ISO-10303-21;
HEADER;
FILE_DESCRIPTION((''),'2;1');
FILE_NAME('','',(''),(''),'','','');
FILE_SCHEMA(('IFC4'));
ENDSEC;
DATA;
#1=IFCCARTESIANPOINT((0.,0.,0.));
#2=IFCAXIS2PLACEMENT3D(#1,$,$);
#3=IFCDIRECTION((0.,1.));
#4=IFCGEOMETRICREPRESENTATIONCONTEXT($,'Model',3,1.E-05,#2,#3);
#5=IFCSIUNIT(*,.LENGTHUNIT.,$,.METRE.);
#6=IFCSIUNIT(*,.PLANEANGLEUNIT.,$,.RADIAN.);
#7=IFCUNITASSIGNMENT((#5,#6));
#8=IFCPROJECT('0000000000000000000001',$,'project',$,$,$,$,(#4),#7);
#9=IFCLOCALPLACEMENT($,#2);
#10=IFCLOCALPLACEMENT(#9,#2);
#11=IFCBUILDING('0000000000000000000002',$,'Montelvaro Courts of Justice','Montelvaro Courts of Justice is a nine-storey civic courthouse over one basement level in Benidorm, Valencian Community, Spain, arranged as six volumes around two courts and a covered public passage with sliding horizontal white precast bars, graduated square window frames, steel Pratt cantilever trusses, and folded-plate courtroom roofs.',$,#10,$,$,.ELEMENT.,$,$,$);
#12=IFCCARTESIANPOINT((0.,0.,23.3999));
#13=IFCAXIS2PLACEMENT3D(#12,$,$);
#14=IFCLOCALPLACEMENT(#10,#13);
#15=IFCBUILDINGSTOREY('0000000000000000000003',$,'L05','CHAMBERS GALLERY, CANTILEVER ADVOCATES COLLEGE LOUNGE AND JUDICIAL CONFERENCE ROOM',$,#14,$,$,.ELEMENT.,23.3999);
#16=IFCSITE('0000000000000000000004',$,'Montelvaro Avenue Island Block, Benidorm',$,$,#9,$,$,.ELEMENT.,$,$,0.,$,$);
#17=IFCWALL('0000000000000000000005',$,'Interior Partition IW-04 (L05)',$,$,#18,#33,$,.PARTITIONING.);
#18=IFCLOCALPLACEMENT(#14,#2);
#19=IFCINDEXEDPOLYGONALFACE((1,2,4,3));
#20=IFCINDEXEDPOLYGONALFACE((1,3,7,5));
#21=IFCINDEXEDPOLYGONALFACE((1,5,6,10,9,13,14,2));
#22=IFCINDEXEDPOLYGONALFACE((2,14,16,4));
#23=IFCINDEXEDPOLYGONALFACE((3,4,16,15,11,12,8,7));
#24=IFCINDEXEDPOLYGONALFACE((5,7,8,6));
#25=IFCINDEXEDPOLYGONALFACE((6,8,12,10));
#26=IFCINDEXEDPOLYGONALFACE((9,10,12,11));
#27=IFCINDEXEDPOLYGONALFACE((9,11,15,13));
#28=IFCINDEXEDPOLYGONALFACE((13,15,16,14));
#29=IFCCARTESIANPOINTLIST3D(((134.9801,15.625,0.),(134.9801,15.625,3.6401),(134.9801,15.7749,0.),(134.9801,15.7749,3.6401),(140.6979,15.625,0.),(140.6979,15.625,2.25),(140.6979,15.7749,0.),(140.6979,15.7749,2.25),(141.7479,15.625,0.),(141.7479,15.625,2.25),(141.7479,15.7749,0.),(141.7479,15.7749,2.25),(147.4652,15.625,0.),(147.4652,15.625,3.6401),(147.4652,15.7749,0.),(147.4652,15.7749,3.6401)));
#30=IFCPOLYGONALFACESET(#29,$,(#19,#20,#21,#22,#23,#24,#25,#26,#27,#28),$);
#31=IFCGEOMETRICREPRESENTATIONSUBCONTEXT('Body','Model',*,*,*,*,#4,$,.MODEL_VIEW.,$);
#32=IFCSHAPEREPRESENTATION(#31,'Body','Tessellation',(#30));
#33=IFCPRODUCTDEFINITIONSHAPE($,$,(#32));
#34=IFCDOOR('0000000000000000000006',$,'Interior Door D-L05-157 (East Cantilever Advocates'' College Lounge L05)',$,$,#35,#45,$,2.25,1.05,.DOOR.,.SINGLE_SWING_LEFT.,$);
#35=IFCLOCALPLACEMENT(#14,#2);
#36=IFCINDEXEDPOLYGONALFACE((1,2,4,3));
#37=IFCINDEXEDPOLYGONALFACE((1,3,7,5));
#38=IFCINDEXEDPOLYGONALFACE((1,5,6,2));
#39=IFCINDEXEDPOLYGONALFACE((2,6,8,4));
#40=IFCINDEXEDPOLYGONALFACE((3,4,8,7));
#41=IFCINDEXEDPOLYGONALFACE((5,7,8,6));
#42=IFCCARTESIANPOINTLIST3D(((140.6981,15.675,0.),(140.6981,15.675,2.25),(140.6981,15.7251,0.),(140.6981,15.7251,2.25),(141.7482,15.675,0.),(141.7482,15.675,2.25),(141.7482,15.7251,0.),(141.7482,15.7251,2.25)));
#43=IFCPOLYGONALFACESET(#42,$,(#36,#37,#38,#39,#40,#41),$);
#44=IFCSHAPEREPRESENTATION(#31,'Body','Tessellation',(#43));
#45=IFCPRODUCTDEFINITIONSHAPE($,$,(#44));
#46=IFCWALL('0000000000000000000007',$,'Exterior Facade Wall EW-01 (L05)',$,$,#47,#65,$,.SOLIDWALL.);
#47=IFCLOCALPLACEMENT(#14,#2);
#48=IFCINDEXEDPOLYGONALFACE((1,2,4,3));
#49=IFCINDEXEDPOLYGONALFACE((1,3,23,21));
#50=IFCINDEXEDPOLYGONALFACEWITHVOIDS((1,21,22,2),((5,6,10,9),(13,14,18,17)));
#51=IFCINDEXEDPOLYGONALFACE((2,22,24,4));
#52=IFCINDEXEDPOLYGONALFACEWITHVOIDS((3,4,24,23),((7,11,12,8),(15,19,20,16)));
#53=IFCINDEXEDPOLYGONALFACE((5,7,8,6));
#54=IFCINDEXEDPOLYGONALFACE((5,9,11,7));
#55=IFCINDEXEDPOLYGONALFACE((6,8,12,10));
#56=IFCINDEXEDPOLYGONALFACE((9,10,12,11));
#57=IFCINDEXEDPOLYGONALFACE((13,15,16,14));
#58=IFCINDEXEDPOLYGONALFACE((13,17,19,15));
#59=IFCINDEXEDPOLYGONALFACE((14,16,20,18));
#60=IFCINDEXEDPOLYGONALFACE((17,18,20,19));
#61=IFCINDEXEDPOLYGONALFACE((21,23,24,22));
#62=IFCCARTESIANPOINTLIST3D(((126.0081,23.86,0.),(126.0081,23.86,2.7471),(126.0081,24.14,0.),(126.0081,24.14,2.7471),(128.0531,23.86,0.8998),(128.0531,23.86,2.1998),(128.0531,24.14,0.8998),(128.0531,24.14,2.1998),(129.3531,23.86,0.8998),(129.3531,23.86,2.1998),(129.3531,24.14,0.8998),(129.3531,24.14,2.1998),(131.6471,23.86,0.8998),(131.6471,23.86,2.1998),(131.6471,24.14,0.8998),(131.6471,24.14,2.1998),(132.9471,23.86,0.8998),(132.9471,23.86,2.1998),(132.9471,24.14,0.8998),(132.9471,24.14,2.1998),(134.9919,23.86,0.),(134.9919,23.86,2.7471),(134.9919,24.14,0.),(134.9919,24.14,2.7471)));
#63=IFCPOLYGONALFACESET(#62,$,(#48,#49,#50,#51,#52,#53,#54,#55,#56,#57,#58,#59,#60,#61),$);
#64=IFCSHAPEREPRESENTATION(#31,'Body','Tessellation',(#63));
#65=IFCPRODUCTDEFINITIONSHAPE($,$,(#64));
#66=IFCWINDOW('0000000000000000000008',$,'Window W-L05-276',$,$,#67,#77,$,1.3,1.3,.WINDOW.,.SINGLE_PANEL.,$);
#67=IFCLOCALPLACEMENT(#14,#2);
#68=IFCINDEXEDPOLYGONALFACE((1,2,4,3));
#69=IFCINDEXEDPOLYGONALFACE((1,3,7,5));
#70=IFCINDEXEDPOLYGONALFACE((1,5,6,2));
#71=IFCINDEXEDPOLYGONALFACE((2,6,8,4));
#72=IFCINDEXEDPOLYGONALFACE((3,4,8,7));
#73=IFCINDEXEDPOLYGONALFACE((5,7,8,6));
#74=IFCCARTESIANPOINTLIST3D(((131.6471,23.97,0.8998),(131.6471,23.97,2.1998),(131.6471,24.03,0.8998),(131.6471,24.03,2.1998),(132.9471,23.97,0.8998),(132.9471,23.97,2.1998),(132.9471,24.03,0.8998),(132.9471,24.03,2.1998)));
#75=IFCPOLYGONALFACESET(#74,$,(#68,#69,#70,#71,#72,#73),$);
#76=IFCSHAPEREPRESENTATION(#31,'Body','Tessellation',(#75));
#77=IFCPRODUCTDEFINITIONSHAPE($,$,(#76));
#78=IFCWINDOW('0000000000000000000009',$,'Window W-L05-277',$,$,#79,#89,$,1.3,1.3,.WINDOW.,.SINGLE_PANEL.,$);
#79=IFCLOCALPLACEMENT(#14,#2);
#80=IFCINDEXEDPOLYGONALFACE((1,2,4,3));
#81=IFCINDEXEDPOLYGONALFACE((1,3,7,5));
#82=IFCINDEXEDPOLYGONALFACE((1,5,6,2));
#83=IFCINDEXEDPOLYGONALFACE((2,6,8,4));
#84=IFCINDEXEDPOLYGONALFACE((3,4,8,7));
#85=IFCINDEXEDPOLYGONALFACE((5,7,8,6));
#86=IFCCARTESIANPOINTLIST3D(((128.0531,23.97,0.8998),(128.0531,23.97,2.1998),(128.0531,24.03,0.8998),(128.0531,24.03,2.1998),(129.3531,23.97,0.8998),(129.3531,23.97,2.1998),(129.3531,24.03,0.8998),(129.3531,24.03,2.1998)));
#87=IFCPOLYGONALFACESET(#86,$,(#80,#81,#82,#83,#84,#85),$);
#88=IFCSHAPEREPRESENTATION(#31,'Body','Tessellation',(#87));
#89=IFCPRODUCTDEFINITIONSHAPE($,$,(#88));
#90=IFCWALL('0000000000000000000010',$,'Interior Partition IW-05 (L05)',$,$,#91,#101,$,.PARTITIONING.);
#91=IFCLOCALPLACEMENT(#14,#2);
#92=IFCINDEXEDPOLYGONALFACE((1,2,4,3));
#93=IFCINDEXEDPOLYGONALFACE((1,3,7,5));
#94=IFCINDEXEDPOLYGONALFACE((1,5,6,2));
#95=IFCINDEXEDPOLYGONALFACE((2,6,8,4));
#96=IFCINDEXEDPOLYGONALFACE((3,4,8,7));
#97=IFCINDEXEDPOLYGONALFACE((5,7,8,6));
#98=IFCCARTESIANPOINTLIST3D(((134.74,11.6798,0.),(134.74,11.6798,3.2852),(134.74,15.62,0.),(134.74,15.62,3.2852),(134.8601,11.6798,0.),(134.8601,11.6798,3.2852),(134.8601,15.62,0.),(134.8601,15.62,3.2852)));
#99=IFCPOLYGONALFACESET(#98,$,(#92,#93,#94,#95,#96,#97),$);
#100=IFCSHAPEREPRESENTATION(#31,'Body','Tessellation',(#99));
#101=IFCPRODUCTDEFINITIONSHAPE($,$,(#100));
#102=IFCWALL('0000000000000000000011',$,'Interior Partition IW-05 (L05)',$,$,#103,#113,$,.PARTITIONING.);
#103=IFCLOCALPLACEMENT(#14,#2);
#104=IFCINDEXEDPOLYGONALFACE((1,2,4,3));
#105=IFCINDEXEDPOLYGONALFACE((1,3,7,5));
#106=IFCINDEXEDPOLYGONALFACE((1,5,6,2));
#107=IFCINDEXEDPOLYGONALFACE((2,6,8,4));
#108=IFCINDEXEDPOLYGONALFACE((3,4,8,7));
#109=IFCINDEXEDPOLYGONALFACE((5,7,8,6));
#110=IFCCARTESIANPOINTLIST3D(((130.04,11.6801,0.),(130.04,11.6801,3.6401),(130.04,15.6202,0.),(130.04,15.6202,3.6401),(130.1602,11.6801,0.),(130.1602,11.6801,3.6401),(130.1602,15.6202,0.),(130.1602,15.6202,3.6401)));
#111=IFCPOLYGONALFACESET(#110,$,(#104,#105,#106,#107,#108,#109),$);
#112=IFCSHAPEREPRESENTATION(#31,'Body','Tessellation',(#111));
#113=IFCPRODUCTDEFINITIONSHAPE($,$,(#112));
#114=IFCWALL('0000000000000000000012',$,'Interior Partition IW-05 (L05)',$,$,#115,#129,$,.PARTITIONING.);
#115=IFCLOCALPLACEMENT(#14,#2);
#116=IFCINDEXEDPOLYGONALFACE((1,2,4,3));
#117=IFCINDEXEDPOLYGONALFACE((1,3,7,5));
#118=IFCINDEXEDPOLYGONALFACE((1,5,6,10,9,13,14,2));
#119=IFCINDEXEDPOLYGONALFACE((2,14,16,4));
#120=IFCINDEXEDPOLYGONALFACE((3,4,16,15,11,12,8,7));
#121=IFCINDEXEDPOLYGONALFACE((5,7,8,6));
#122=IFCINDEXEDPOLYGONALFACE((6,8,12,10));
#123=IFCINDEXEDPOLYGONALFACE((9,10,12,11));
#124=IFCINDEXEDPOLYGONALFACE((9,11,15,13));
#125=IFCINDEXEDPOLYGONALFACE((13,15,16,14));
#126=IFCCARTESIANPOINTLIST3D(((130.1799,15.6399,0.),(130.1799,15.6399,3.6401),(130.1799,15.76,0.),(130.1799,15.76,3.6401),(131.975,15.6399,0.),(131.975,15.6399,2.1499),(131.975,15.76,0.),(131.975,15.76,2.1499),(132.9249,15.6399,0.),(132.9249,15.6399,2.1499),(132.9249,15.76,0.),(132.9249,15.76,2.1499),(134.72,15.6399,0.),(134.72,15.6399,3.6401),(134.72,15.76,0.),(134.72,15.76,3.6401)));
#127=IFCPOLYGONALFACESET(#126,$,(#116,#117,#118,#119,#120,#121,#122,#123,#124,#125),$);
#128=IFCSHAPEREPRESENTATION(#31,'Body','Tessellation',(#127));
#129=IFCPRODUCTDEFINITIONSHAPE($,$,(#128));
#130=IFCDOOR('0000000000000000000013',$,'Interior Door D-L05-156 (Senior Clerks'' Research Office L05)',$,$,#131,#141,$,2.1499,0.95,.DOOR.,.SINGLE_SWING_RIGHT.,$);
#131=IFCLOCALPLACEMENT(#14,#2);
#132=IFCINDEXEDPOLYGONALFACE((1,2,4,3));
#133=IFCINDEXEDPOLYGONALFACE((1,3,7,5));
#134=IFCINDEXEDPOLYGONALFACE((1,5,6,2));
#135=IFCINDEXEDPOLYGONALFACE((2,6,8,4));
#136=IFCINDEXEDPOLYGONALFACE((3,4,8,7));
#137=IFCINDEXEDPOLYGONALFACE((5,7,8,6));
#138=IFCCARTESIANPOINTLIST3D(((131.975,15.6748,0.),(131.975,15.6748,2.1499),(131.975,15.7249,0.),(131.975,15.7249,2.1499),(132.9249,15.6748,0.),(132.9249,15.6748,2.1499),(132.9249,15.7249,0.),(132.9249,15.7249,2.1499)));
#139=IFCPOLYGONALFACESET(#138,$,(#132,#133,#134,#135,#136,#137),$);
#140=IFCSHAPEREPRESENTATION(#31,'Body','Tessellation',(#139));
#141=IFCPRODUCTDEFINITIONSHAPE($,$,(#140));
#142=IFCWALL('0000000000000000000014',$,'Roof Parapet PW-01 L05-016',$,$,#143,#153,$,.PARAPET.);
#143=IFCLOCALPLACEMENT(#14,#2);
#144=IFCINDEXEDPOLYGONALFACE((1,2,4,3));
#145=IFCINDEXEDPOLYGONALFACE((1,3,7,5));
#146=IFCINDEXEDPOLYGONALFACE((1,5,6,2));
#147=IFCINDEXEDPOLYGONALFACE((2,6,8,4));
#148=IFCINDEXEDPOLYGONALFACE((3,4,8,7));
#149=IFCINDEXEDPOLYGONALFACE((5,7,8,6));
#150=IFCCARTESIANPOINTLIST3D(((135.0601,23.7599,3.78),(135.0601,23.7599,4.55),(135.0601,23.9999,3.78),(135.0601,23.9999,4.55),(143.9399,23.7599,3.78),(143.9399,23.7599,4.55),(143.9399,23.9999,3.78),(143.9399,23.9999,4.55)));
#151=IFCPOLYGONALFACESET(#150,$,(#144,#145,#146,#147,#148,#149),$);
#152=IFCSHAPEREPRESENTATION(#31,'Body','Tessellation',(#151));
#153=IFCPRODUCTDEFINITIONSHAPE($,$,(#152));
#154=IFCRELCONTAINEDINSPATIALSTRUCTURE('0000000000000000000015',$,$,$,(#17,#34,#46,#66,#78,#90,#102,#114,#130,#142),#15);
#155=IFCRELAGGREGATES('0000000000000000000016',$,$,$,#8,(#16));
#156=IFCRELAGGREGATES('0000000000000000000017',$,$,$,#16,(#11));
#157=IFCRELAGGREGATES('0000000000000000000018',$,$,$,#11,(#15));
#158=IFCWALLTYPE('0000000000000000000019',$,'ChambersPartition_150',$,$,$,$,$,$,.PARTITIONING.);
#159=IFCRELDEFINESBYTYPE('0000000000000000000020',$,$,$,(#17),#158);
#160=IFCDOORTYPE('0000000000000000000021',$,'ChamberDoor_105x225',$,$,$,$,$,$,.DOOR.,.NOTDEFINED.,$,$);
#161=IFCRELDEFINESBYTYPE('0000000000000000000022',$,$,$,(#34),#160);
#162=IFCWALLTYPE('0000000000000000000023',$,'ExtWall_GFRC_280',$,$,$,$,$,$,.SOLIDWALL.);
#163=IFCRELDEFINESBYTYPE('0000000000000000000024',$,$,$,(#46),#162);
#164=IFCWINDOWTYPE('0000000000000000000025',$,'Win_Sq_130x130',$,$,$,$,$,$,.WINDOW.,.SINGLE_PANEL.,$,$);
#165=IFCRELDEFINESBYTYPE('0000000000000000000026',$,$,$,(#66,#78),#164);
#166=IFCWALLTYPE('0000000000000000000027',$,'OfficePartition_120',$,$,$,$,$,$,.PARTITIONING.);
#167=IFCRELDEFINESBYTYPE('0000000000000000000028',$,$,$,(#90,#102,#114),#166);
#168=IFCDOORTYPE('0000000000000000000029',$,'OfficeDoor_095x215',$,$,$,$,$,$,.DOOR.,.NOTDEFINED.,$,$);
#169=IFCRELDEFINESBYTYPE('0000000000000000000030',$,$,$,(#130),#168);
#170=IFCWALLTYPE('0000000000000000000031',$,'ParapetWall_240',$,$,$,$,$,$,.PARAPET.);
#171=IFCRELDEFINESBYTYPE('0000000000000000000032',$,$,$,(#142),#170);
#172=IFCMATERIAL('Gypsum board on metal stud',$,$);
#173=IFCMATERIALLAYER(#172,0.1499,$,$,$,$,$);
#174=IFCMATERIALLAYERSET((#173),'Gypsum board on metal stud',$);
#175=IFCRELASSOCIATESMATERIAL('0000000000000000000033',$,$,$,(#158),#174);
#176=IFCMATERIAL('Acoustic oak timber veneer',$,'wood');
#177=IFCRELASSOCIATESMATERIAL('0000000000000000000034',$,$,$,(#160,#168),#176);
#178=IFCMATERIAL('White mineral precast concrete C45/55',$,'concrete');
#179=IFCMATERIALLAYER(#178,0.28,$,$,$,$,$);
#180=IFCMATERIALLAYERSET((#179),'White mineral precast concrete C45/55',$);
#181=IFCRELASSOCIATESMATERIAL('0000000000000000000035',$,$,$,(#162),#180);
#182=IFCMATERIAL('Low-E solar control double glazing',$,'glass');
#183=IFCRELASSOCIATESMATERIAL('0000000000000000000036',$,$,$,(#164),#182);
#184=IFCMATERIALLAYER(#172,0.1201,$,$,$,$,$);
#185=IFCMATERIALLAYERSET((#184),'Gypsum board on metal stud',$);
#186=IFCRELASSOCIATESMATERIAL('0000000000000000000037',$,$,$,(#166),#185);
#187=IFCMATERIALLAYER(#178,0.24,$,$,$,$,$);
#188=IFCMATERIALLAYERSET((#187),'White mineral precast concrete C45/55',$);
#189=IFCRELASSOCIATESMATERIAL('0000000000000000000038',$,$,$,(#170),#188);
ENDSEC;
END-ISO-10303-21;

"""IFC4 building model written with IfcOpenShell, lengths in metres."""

from ifc_helpers import new_model, si_unit, direction, frame, frame_2d, origin, place, context, subcontext, project, spatial, rectangle, extrude, material, layer, layer_set, type_object, element, fill, save


model = new_model("IFC4")

# Units and contexts
model_context = context("Model", 3, precision=1e-05, world=origin(), true_north=direction((0.0, 1.0)))
body_context = subcontext(model_context, "Body", "Model", "MODEL_VIEW")
ifc_project = project(units=[si_unit("LENGTHUNIT", "METRE"), si_unit("PLANEANGLEUNIT", "RADIAN")], contexts=[model_context])

# Site, building, storey
site_placement = place(None, origin())
site = spatial("IfcSite", under=ifc_project, at=site_placement, Name="Montelvaro Avenue Island Block, Benidorm", CompositionType="ELEMENT", RefElevation=0.0)
building_placement = place(site_placement, origin())
building = spatial("IfcBuilding", under=site, at=building_placement, Name="Montelvaro Courts of Justice", Description="Montelvaro Courts of Justice is a nine-storey civic courthouse over one basement level in Benidorm, Valencian Community, Spain, arranged as six volumes around two courts and a covered public passage with sliding horizontal white precast bars, graduated square window frames, steel Pratt cantilever trusses, and folded-plate courtroom roofs.", CompositionType="ELEMENT")
storey_placement = place(building_placement, frame((0.0, 0.0, 23.3999)))
storey = spatial("IfcBuildingStorey", under=building, at=storey_placement, Name="L05", Description="CHAMBERS GALLERY, CANTILEVER ADVOCATES COLLEGE LOUNGE AND JUDICIAL CONFERENCE ROOM", CompositionType="ELEMENT", Elevation=23.3999)

# Shared definitions
ifc_material_1 = material(Name="Gypsum board on metal stud")
ifc_layer_1 = layer(ifc_material_1, 0.1499)
ifc_layer_set_1 = layer_set([ifc_layer_1], Name="Gypsum board on metal stud")
wall_type_1 = type_object("IfcWallType", Name="ChambersPartition_150", PredefinedType="PARTITIONING", material=ifc_layer_set_1)
ifc_material_2 = material(Name="Acoustic oak timber veneer", Category="wood")
door_type_1 = type_object("IfcDoorType", Name="ChamberDoor_105x225", OperationType="NOTDEFINED", PredefinedType="DOOR", material=ifc_material_2)

# Wall, opening, door
wall_1_placement = place(storey_placement, frame((134.98, 15.7, 0.0), z_axis=(0.0, 0.0, 1.0), x_axis=(1.0, 0.0, 0.0)))
wall_1 = element("IfcWall", 1, at=wall_1_placement, inside=storey, type_object=wall_type_1, Name="Interior Partition IW-04 (L05)", PredefinedType="PARTITIONING", context=body_context, shape_type="SweptSolid", body=[
    extrude(rectangle(XDim=12.4851, YDim=0.1499, at=frame_2d((6.2427, 0.0))), origin(), (0.0, 0.0, 1.0), 3.6401),
])
opening_1_placement = place(wall_1_placement, frame((5.718, 0.0, 0.0)))
opening_1 = element("IfcOpeningElement", 2, at=opening_1_placement, cuts=wall_1, PredefinedType="OPENING", context=body_context, shape_type="SweptSolid", body=[
    extrude(rectangle(XDim=1.05, YDim=2.25, at=frame_2d((0.5249, 1.125))), frame((0.0, 0.0898, 0.0), z_axis=(0.0, -1.0, 0.0), x_axis=(1.0, 0.0, 0.0)), (0.0, 0.0, 1.0), 0.1797),
])
door_1_placement = place(opening_1_placement, frame((1.05, 0.0, 0.0), z_axis=(0.0, 0.0, 1.0), x_axis=(-1.0, 0.0, 0.0)))
door_1 = element("IfcDoor", 3, at=door_1_placement, inside=storey, type_object=door_type_1, Name="Interior Door D-L05-157 (East Cantilever Advocates' College Lounge L05)", OperationType="SINGLE_SWING_LEFT", OverallHeight=2.25, OverallWidth=1.05, PredefinedType="DOOR", context=body_context, shape_type="SweptSolid", body=[
    extrude(rectangle(XDim=1.05, YDim=2.25, at=frame_2d((0.5249, 1.125))), frame((0.0, 0.0249, 0.0), z_axis=(0.0, -1.0, 0.0), x_axis=(1.0, 0.0, 0.0)), (0.0, 0.0, 1.0), 0.05),
])
fill(opening_1, door_1)

# Wall, openings, windows
ifc_material_3 = material(Name="White mineral precast concrete C45/55", Category="concrete")
ifc_layer_2 = layer(ifc_material_3, 0.28)
ifc_layer_set_2 = layer_set([ifc_layer_2], Name="White mineral precast concrete C45/55")
wall_type_2 = type_object("IfcWallType", Name="ExtWall_GFRC_280", PredefinedType="SOLIDWALL", material=ifc_layer_set_2)
wall_2_placement = place(storey_placement, frame((134.9919, 24.0, 0.0), z_axis=(0.0, 0.0, 1.0), x_axis=(-1.0, 0.0, 0.0)))
wall_2 = element("IfcWall", 4, at=wall_2_placement, inside=storey, type_object=wall_type_2, Name="Exterior Facade Wall EW-01 (L05)", PredefinedType="SOLIDWALL", context=body_context, shape_type="SweptSolid", body=[
    extrude(rectangle(XDim=8.9839, YDim=0.28, at=frame_2d((4.4919, 0.0))), origin(), (0.0, 0.0, 1.0), 2.7471),
])
opening_2_placement = place(wall_2_placement, frame((2.0449, 0.0, 0.8999)))
opening_2 = element("IfcOpeningElement", 5, at=opening_2_placement, cuts=wall_2, PredefinedType="OPENING", context=body_context, shape_type="SweptSolid", body=[
    extrude(rectangle(XDim=1.3, YDim=1.3, at=frame_2d((0.6499, 0.6499))), frame((0.0, 0.1548, 0.0), z_axis=(0.0, -1.0, 0.0), x_axis=(1.0, 0.0, 0.0)), (0.0, 0.0, 1.0), 0.3098),
])
opening_3_placement = place(wall_2_placement, frame((5.6389, 0.0, 0.8999)))
opening_3 = element("IfcOpeningElement", 6, at=opening_3_placement, cuts=wall_2, PredefinedType="OPENING", context=body_context, shape_type="SweptSolid", body=[
    extrude(rectangle(XDim=1.3, YDim=1.3, at=frame_2d((0.6499, 0.6499))), frame((0.0, 0.1548, 0.0), z_axis=(0.0, -1.0, 0.0), x_axis=(1.0, 0.0, 0.0)), (0.0, 0.0, 1.0), 0.3098),
])
ifc_material_4 = material(Name="Low-E solar control double glazing", Category="glass")
window_type = type_object("IfcWindowType", Name="Win_Sq_130x130", PartitioningType="SINGLE_PANEL", PredefinedType="WINDOW", material=ifc_material_4)
window_1_placement = place(opening_2_placement, origin())
window_1 = element("IfcWindow", 7, at=window_1_placement, inside=storey, type_object=window_type, Name="Window W-L05-276", OverallHeight=1.3, OverallWidth=1.3, PartitioningType="SINGLE_PANEL", PredefinedType="WINDOW", context=body_context, shape_type="SweptSolid", body=[
    extrude(rectangle(XDim=1.3, YDim=1.3, at=frame_2d((0.6499, 0.6499))), frame((0.0, 0.03, 0.0), z_axis=(0.0, -1.0, 0.0), x_axis=(1.0, 0.0, 0.0)), (0.0, 0.0, 1.0), 0.0601),
])
fill(opening_2, window_1)
window_2_placement = place(opening_3_placement, origin())
window_2 = element("IfcWindow", 8, at=window_2_placement, inside=storey, type_object=window_type, Name="Window W-L05-277", OverallHeight=1.3, OverallWidth=1.3, PartitioningType="SINGLE_PANEL", PredefinedType="WINDOW", context=body_context, shape_type="SweptSolid", body=[
    extrude(rectangle(XDim=1.3, YDim=1.3, at=frame_2d((0.6499, 0.6499))), frame((0.0, 0.03, 0.0), z_axis=(0.0, -1.0, 0.0), x_axis=(1.0, 0.0, 0.0)), (0.0, 0.0, 1.0), 0.0601),
])
fill(opening_3, window_2)

# Walls
ifc_layer_3 = layer(ifc_material_1, 0.1201)
ifc_layer_set_3 = layer_set([ifc_layer_3], Name="Gypsum board on metal stud")
wall_type_3 = type_object("IfcWallType", Name="OfficePartition_120", PredefinedType="PARTITIONING", material=ifc_layer_set_3)
wall_3_placement = place(storey_placement, frame((134.8, 15.6201, 0.0), z_axis=(0.0, 0.0, 1.0), x_axis=(0.0, -1.0, 0.0)))
element("IfcWall", 9, at=wall_3_placement, inside=storey, type_object=wall_type_3, Name="Interior Partition IW-05 (L05)", PredefinedType="PARTITIONING", context=body_context, shape_type="SweptSolid", body=[
    extrude(rectangle(XDim=3.9402, YDim=0.1201, at=frame_2d((1.9702, 0.0))), origin(), (0.0, 0.0, 1.0), 3.2852),
])
wall_4_placement = place(storey_placement, frame((130.1001, 11.6799, 0.0), z_axis=(0.0, 0.0, 1.0), x_axis=(0.0, 1.0, 0.0)))
element("IfcWall", 10, at=wall_4_placement, inside=storey, type_object=wall_type_3, Name="Interior Partition IW-05 (L05)", PredefinedType="PARTITIONING", context=body_context, shape_type="SweptSolid", body=[
    extrude(rectangle(XDim=3.9402, YDim=0.1201, at=frame_2d((1.9702, 0.0))), origin(), (0.0, 0.0, 1.0), 3.6401),
])

# Wall, opening, door
wall_5_placement = place(storey_placement, frame((130.1799, 15.7, 0.0), z_axis=(0.0, 0.0, 1.0), x_axis=(1.0, 0.0, 0.0)))
wall_5 = element("IfcWall", 11, at=wall_5_placement, inside=storey, type_object=wall_type_3, Name="Interior Partition IW-05 (L05)", PredefinedType="PARTITIONING", context=body_context, shape_type="SweptSolid", body=[
    extrude(rectangle(XDim=4.54, YDim=0.1201, at=frame_2d((2.27, 0.0))), origin(), (0.0, 0.0, 1.0), 3.6401),
])
opening_4_placement = place(wall_5_placement, frame((1.7949, 0.0, 0.0)))
opening_4 = element("IfcOpeningElement", 12, at=opening_4_placement, cuts=wall_5, PredefinedType="OPENING", context=body_context, shape_type="SweptSolid", body=[
    extrude(rectangle(XDim=0.95, YDim=2.1499, at=frame_2d((0.4751, 1.075))), frame((0.0, 0.075, 0.0), z_axis=(0.0, -1.0, 0.0), x_axis=(1.0, 0.0, 0.0)), (0.0, 0.0, 1.0), 0.1499),
])
door_type_2 = type_object("IfcDoorType", Name="OfficeDoor_095x215", OperationType="NOTDEFINED", PredefinedType="DOOR", material=ifc_material_2)
door_2_placement = place(opening_4_placement, origin())
door_2 = element("IfcDoor", 13, at=door_2_placement, inside=storey, type_object=door_type_2, Name="Interior Door D-L05-156 (Senior Clerks' Research Office L05)", OperationType="SINGLE_SWING_RIGHT", OverallHeight=2.1499, OverallWidth=0.95, PredefinedType="DOOR", context=body_context, shape_type="SweptSolid", body=[
    extrude(rectangle(XDim=0.95, YDim=2.1499, at=frame_2d((0.4751, 1.075))), frame((0.0, 0.0249, 0.0), z_axis=(0.0, -1.0, 0.0), x_axis=(1.0, 0.0, 0.0)), (0.0, 0.0, 1.0), 0.05),
])
fill(opening_4, door_2)

# Wall
ifc_layer_4 = layer(ifc_material_3, 0.24)
ifc_layer_set_4 = layer_set([ifc_layer_4], Name="White mineral precast concrete C45/55")
wall_type_4 = type_object("IfcWallType", Name="ParapetWall_240", PredefinedType="PARAPET", material=ifc_layer_set_4)
wall_6_placement = place(storey_placement, frame((135.0601, 23.8799, 3.78), z_axis=(0.0, 0.0, 1.0), x_axis=(1.0, 0.0, 0.0)))
element("IfcWall", 14, at=wall_6_placement, inside=storey, type_object=wall_type_4, Name="Roof Parapet PW-01 L05-016", PredefinedType="PARAPET", context=body_context, shape_type="SweptSolid", body=[
    extrude(rectangle(XDim=8.8799, YDim=0.24, at=frame_2d((4.4399, 0.0))), origin(), (0.0, 0.0, 1.0), 0.77),
])

save(model, "model.ifc")
